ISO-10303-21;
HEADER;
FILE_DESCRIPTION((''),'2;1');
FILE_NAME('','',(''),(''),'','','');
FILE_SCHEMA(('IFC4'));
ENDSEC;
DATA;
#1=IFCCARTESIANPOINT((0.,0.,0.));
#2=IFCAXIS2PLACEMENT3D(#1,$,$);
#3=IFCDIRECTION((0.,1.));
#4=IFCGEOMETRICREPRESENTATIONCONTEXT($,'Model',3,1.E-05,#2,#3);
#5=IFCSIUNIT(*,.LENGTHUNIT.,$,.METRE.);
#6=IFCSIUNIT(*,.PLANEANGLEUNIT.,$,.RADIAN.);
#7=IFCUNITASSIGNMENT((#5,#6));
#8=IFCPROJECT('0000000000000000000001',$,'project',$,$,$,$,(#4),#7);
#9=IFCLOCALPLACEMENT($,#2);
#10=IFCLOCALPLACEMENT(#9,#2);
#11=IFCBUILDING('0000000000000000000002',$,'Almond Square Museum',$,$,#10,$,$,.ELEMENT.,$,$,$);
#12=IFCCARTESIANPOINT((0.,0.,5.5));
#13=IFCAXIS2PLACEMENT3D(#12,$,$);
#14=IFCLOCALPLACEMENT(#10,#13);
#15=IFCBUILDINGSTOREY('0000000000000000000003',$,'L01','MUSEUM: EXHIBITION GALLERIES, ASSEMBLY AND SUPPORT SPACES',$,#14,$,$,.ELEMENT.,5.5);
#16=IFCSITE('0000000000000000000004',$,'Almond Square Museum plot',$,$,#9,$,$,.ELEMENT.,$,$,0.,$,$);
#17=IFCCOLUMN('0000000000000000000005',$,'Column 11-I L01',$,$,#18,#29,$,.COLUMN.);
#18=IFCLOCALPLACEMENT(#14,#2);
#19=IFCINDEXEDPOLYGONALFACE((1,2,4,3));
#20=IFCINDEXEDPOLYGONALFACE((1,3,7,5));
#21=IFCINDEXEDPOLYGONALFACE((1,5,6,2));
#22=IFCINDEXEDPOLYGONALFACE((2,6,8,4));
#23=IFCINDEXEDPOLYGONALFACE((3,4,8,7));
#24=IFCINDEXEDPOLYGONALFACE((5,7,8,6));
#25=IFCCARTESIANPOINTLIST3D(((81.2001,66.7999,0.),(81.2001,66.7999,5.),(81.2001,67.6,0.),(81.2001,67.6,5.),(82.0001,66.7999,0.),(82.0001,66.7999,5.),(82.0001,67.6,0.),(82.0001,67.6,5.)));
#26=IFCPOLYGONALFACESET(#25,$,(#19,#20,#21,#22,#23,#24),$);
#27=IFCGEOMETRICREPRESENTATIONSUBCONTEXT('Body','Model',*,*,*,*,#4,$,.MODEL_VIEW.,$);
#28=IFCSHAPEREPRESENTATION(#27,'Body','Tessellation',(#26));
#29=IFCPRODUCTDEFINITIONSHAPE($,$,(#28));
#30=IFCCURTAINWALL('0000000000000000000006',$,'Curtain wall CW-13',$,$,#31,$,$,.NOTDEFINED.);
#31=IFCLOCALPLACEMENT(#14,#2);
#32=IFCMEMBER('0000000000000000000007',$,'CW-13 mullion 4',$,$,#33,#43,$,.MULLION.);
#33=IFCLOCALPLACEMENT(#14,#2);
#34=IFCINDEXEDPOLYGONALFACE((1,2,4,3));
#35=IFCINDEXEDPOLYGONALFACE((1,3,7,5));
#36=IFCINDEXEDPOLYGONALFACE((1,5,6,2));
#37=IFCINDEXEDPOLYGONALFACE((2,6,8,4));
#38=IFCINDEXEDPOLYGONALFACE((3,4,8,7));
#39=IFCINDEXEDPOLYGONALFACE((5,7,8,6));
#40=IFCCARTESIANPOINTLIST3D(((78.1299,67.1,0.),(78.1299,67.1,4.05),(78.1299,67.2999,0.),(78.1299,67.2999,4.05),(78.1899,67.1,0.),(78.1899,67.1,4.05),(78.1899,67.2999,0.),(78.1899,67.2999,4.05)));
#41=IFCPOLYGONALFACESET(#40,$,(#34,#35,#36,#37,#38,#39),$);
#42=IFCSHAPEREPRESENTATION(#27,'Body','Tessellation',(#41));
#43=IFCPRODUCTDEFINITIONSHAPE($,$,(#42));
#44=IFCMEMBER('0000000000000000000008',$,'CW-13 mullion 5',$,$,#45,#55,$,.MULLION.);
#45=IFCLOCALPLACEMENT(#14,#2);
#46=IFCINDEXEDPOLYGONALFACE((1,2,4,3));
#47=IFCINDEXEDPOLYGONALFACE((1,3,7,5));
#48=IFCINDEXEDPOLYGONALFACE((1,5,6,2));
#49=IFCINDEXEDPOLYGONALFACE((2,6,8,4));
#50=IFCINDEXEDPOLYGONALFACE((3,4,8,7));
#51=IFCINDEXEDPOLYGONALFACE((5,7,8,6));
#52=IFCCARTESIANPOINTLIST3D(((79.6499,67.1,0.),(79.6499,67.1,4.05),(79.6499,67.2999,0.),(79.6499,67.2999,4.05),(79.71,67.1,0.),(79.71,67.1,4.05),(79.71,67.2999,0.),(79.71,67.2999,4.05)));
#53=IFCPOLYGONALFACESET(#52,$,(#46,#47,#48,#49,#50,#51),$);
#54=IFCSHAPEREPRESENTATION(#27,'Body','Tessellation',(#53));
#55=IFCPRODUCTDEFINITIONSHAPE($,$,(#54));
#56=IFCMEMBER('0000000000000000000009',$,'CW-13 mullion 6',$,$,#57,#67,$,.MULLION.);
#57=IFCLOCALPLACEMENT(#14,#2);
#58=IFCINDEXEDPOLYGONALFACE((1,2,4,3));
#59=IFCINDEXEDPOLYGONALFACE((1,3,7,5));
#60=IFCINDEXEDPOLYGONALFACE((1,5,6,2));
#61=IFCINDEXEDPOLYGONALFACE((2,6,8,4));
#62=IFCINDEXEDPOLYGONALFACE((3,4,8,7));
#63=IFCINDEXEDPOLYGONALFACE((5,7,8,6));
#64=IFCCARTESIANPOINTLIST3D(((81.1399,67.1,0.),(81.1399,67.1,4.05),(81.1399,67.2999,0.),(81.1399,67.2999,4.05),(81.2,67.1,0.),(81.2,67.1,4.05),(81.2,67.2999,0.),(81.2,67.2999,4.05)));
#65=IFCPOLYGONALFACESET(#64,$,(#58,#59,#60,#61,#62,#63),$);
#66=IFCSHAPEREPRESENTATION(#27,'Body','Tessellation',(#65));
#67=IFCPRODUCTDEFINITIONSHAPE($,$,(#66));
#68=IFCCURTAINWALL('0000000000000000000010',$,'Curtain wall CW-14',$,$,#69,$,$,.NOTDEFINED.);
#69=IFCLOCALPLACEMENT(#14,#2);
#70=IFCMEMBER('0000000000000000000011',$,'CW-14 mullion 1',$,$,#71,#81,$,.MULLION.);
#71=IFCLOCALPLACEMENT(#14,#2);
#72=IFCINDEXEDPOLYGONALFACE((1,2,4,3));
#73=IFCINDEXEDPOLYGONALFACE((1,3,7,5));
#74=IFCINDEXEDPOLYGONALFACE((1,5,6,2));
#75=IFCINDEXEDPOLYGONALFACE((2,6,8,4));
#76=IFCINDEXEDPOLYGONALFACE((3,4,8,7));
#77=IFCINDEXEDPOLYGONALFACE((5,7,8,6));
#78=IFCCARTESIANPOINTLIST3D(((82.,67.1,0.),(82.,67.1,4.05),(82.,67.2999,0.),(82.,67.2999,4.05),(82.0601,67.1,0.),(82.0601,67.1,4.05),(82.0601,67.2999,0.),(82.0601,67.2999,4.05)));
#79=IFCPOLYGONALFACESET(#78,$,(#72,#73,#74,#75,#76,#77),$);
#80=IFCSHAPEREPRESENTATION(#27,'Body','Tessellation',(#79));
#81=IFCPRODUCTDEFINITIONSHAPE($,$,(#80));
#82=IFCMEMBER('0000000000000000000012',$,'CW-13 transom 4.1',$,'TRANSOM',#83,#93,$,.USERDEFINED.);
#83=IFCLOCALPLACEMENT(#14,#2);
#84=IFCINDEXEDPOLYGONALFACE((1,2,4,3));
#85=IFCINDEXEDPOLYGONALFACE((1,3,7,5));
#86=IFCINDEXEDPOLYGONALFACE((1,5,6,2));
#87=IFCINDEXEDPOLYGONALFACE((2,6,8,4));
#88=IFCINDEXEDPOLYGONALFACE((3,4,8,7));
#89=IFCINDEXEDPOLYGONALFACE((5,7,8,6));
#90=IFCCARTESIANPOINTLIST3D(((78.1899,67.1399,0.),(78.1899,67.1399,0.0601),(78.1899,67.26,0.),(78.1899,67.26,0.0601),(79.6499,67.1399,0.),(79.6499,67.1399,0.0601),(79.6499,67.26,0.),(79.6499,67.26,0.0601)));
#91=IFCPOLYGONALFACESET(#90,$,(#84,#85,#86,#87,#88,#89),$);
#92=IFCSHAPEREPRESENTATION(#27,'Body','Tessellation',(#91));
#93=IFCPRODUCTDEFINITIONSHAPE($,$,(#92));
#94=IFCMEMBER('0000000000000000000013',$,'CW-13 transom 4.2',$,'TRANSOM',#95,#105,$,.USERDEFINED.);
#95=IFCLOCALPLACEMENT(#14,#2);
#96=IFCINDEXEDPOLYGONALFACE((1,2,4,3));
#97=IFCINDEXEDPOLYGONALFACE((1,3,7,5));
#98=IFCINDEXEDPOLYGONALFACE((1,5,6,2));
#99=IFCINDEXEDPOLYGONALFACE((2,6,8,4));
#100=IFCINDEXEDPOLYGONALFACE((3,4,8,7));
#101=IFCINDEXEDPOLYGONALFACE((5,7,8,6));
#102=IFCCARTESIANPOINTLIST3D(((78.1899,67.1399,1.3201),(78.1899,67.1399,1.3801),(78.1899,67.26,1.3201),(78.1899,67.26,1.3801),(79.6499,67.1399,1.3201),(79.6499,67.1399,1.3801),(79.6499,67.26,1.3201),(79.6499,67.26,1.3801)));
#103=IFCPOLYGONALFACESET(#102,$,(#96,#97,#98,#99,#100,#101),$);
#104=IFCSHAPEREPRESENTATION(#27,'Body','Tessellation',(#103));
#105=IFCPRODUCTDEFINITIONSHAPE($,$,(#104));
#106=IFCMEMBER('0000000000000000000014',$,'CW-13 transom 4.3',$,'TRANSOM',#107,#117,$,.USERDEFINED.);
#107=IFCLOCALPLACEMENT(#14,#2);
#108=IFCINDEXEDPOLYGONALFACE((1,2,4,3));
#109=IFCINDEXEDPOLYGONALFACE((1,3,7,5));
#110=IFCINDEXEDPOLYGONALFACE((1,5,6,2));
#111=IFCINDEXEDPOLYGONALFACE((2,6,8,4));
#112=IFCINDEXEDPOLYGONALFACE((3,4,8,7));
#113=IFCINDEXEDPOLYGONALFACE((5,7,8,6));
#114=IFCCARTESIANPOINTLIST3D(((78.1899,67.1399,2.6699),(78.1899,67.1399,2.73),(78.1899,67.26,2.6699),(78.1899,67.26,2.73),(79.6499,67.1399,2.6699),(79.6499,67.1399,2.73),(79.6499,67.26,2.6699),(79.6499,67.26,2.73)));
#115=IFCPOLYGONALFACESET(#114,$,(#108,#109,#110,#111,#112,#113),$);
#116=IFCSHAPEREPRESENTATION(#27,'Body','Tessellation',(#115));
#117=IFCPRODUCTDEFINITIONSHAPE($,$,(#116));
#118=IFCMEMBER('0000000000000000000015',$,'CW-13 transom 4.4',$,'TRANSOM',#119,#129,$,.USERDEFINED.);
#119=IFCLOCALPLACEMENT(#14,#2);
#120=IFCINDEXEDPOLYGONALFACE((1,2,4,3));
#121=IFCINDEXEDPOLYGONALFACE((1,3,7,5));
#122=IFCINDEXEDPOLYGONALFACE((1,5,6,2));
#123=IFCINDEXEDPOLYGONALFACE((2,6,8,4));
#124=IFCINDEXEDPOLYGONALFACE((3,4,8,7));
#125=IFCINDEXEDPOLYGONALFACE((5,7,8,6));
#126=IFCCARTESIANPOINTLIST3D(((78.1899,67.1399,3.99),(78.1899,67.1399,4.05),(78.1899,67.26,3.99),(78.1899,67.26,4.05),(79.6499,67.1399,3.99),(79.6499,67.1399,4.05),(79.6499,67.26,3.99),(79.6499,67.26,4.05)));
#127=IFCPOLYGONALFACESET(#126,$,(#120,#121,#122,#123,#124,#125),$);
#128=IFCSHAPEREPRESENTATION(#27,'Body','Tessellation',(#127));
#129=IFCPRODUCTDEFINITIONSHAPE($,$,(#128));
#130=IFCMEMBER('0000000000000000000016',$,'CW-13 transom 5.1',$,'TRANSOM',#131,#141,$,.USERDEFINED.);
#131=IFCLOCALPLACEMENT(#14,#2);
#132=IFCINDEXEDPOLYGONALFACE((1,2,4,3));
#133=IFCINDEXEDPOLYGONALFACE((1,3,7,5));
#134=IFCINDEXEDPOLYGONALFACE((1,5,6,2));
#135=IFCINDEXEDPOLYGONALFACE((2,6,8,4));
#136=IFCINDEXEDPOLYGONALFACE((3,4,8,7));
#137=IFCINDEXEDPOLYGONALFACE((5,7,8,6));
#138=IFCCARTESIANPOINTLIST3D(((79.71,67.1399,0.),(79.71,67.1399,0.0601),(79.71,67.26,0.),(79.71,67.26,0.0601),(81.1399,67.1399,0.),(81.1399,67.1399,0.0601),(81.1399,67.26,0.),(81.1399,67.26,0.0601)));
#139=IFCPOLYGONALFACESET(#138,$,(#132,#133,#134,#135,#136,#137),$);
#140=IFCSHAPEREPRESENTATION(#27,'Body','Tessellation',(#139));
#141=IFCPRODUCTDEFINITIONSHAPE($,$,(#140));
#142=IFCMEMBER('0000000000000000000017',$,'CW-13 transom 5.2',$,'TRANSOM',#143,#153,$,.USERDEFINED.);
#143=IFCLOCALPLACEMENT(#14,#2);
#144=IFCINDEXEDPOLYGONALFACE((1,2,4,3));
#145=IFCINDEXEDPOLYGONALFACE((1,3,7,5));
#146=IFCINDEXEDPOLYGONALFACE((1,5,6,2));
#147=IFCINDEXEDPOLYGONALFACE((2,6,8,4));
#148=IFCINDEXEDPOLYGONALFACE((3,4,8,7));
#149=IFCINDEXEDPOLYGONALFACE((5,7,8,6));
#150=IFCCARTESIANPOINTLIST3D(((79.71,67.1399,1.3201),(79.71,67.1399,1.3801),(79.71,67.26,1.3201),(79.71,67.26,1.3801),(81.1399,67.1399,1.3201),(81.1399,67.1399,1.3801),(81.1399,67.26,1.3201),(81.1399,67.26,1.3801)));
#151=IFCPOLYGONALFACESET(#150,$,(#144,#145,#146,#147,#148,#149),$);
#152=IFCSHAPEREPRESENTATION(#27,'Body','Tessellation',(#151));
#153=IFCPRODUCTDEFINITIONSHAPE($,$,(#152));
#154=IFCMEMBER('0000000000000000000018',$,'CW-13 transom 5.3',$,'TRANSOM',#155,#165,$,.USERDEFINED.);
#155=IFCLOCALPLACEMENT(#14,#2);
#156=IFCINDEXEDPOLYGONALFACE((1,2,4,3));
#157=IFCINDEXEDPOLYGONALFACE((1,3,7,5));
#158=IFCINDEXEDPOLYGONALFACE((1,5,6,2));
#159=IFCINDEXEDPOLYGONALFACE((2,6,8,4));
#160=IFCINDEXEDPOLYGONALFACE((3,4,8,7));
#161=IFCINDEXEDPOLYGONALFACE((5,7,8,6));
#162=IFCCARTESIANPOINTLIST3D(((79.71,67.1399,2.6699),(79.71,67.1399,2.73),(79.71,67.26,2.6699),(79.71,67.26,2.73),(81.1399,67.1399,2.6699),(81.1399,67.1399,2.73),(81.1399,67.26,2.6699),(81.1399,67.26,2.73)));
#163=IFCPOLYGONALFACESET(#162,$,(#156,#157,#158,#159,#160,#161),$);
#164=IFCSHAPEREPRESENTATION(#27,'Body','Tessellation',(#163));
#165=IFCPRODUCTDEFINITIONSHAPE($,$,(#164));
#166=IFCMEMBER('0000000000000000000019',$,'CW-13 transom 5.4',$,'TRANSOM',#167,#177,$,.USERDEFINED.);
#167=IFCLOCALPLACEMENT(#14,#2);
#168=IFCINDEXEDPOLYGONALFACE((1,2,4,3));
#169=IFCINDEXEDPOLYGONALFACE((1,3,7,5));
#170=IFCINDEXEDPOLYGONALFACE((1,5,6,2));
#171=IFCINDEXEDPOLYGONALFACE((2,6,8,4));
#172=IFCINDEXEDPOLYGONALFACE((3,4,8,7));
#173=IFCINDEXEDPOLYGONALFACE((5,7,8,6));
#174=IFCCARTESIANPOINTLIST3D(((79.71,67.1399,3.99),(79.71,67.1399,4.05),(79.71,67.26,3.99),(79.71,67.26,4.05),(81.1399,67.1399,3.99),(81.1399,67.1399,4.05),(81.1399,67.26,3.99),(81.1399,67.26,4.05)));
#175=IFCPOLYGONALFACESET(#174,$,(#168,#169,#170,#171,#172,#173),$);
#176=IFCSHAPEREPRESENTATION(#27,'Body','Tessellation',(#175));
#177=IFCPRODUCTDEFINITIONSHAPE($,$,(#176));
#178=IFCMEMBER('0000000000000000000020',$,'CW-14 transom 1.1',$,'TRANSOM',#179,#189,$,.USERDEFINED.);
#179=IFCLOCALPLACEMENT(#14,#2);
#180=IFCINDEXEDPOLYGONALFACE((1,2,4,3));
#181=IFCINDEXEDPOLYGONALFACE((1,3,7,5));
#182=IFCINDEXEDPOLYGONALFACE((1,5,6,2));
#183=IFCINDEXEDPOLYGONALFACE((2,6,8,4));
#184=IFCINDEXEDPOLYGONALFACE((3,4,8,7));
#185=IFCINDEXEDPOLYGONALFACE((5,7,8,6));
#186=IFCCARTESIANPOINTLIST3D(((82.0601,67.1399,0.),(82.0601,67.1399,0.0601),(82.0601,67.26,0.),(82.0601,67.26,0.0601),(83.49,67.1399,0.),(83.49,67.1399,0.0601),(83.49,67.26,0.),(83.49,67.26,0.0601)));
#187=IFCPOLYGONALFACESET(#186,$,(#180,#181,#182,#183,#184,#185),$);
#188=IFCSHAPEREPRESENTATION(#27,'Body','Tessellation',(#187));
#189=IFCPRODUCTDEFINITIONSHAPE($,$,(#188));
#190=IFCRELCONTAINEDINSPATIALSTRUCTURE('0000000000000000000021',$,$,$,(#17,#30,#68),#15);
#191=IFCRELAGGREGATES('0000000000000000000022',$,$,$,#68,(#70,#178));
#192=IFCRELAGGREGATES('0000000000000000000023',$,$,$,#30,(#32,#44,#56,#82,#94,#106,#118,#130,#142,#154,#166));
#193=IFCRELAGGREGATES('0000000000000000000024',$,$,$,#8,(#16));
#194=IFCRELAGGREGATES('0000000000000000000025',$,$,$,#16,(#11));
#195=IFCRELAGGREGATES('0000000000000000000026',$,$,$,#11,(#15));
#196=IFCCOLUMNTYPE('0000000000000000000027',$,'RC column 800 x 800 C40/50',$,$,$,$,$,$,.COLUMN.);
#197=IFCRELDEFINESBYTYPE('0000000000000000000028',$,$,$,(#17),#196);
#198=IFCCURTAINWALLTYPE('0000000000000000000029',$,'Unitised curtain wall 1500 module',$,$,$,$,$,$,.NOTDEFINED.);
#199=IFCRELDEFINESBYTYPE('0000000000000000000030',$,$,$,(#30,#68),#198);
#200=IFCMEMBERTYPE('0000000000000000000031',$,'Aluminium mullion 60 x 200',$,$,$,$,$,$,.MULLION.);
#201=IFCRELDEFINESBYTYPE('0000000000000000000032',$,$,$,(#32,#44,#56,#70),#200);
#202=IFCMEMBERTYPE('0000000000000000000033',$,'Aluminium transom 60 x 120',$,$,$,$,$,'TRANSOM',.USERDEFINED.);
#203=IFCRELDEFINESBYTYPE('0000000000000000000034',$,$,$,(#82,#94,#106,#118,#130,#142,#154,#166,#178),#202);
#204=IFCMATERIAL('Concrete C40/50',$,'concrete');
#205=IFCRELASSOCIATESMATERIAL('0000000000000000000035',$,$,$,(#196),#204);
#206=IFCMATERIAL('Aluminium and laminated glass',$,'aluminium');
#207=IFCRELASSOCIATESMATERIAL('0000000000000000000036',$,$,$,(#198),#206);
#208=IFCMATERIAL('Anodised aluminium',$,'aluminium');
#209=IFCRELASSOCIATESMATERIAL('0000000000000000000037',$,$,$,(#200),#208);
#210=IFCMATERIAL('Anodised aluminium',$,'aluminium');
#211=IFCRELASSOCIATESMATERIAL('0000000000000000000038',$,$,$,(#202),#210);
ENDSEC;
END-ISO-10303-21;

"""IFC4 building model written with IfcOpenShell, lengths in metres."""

from ifc_helpers import new_model, si_unit, direction, frame, origin, origin_2d, place, context, subcontext, project, spatial, rectangle, extrude, material, material_profile, profile_set, type_object, element, aggregate, save


model = new_model("IFC4")

# Units and contexts
model_context = context("Model", 3, precision=1e-05, world=origin(), true_north=direction((0.0, 1.0)))
body_context = subcontext(model_context, "Body", "Model", "MODEL_VIEW")
ifc_project = project(units=[si_unit("LENGTHUNIT", "METRE"), si_unit("PLANEANGLEUNIT", "RADIAN")], contexts=[model_context])

# Site, building, storey
site_placement = place(None, origin())
site = spatial("IfcSite", under=ifc_project, at=site_placement, Name="Almond Square Museum plot", CompositionType="ELEMENT", RefElevation=0.0)
building_placement = place(site_placement, origin())
building = spatial("IfcBuilding", under=site, at=building_placement, Name="Almond Square Museum", CompositionType="ELEMENT")
storey_placement = place(building_placement, frame((0.0, 0.0, 5.5)))
storey = spatial("IfcBuildingStorey", under=building, at=storey_placement, Name="L01", Description="MUSEUM: EXHIBITION GALLERIES, ASSEMBLY AND SUPPORT SPACES", CompositionType="ELEMENT", Elevation=5.5)

# Column
ifc_material_1 = material(Name="Concrete C40/50", Category="concrete")
ifc_material_profile_1 = material_profile(ifc_material_1, rectangle(XDim=0.8, YDim=0.8, at=origin_2d()))
ifc_profile_set_1 = profile_set([ifc_material_profile_1], Name="Concrete C40/50")
column_type = type_object("IfcColumnType", Name="RC column 800 x 800 C40/50", PredefinedType="COLUMN", material=ifc_profile_set_1)
column_placement = place(storey_placement, frame((81.6001, 67.2, 0.0), z_axis=(0.0, 0.0, 1.0), x_axis=(1.0, 0.0, 0.0)))
element("IfcColumn", 1, at=column_placement, inside=storey, type_object=column_type, Name="Column 11-I L01", PredefinedType="COLUMN", context=body_context, shape_type="SweptSolid", body=[
    extrude(rectangle(XDim=0.8, YDim=0.8, at=origin_2d()), origin(), (0.0, 0.0, 1.0), 5.0),
])

# Curtain wall, members
ifc_material_2 = material(Name="Aluminium and laminated glass", Category="aluminium")
curtain_wall_type = type_object("IfcCurtainWallType", Name="Unitised curtain wall 1500 module", PredefinedType="NOTDEFINED", material=ifc_material_2)
curtain_wall_1_placement = place(storey_placement, origin())
curtain_wall_1 = element("IfcCurtainWall", 2, at=curtain_wall_1_placement, inside=storey, type_object=curtain_wall_type, Name="Curtain wall CW-13", PredefinedType="NOTDEFINED")
ifc_material_3 = material(Name="Anodised aluminium", Category="aluminium")
ifc_material_profile_2 = material_profile(ifc_material_3, rectangle(XDim=0.2, YDim=0.0601, at=origin_2d()))
ifc_profile_set_2 = profile_set([ifc_material_profile_2], Name="Anodised aluminium")
member_type_1 = type_object("IfcMemberType", Name="Aluminium mullion 60 x 200", PredefinedType="MULLION", material=ifc_profile_set_2)
member_1_placement = place(storey_placement, frame((78.1599, 67.2, 0.0), z_axis=(0.0, 0.0, 1.0), x_axis=(0.0, 1.0, 0.0)))
member_1 = element("IfcMember", 3, at=member_1_placement, type_object=member_type_1, Name="CW-13 mullion 4", PredefinedType="MULLION", context=body_context, shape_type="SweptSolid", body=[
    extrude(rectangle(XDim=0.2, YDim=0.0601, at=origin_2d()), origin(), (0.0, 0.0, 1.0), 4.05),
])
member_2_placement = place(storey_placement, frame((79.6799, 67.2, 0.0), z_axis=(0.0, 0.0, 1.0), x_axis=(0.0, 1.0, 0.0)))
member_2 = element("IfcMember", 4, at=member_2_placement, type_object=member_type_1, Name="CW-13 mullion 5", PredefinedType="MULLION", context=body_context, shape_type="SweptSolid", body=[
    extrude(rectangle(XDim=0.2, YDim=0.0601, at=origin_2d()), origin(), (0.0, 0.0, 1.0), 4.05),
])
member_3_placement = place(storey_placement, frame((81.1699, 67.2, 0.0), z_axis=(0.0, 0.0, 1.0), x_axis=(0.0, 1.0, 0.0)))
member_3 = element("IfcMember", 5, at=member_3_placement, type_object=member_type_1, Name="CW-13 mullion 6", PredefinedType="MULLION", context=body_context, shape_type="SweptSolid", body=[
    extrude(rectangle(XDim=0.2, YDim=0.0601, at=origin_2d()), origin(), (0.0, 0.0, 1.0), 4.05),
])

# Curtain wall, member
curtain_wall_2_placement = place(storey_placement, origin())
curtain_wall_2 = element("IfcCurtainWall", 6, at=curtain_wall_2_placement, inside=storey, type_object=curtain_wall_type, Name="Curtain wall CW-14", PredefinedType="NOTDEFINED")
member_4_placement = place(storey_placement, frame((82.03, 67.2, 0.0), z_axis=(0.0, 0.0, 1.0), x_axis=(0.0, 1.0, 0.0)))
member_4 = element("IfcMember", 7, at=member_4_placement, type_object=member_type_1, Name="CW-14 mullion 1", PredefinedType="MULLION", context=body_context, shape_type="SweptSolid", body=[
    extrude(rectangle(XDim=0.2, YDim=0.0601, at=origin_2d()), origin(), (0.0, 0.0, 1.0), 4.05),
])

# Members
ifc_material_4 = material(Name="Anodised aluminium", Category="aluminium")
ifc_material_profile_3 = material_profile(ifc_material_4, rectangle(XDim=0.1201, YDim=0.0601, at=origin_2d()))
ifc_profile_set_3 = profile_set([ifc_material_profile_3], Name="Anodised aluminium")
member_type_2 = type_object("IfcMemberType", Name="Aluminium transom 60 x 120", ElementType="TRANSOM", PredefinedType="USERDEFINED", material=ifc_profile_set_3)
member_5_placement = place(storey_placement, frame((78.1899, 67.2, 0.03), z_axis=(1.0, 0.0, 0.0), x_axis=(0.0, 1.0, 0.0)))
member_5 = element("IfcMember", 8, at=member_5_placement, type_object=member_type_2, Name="CW-13 transom 4.1", ObjectType="TRANSOM", PredefinedType="USERDEFINED", context=body_context, shape_type="SweptSolid", body=[
    extrude(rectangle(XDim=0.1201, YDim=0.0601, at=origin_2d()), origin(), (0.0, 0.0, 1.0), 1.46),
])
member_6_placement = place(storey_placement, frame((78.1899, 67.2, 1.3501), z_axis=(1.0, 0.0, 0.0), x_axis=(0.0, 1.0, 0.0)))
member_6 = element("IfcMember", 9, at=member_6_placement, type_object=member_type_2, Name="CW-13 transom 4.2", ObjectType="TRANSOM", PredefinedType="USERDEFINED", context=body_context, shape_type="SweptSolid", body=[
    extrude(rectangle(XDim=0.1201, YDim=0.0601, at=origin_2d()), origin(), (0.0, 0.0, 1.0), 1.46),
])
member_7_placement = place(storey_placement, frame((78.1899, 67.2, 2.7), z_axis=(1.0, 0.0, 0.0), x_axis=(0.0, 1.0, 0.0)))
member_7 = element("IfcMember", 10, at=member_7_placement, type_object=member_type_2, Name="CW-13 transom 4.3", ObjectType="TRANSOM", PredefinedType="USERDEFINED", context=body_context, shape_type="SweptSolid", body=[
    extrude(rectangle(XDim=0.1201, YDim=0.0601, at=origin_2d()), origin(), (0.0, 0.0, 1.0), 1.46),
])
member_8_placement = place(storey_placement, frame((78.1899, 67.2, 4.02), z_axis=(1.0, 0.0, 0.0), x_axis=(0.0, 1.0, 0.0)))
member_8 = element("IfcMember", 11, at=member_8_placement, type_object=member_type_2, Name="CW-13 transom 4.4", ObjectType="TRANSOM", PredefinedType="USERDEFINED", context=body_context, shape_type="SweptSolid", body=[
    extrude(rectangle(XDim=0.1201, YDim=0.0601, at=origin_2d()), origin(), (0.0, 0.0, 1.0), 1.46),
])
member_9_placement = place(storey_placement, frame((79.71, 67.2, 0.03), z_axis=(1.0, 0.0, 0.0), x_axis=(0.0, 1.0, 0.0)))
member_9 = element("IfcMember", 12, at=member_9_placement, type_object=member_type_2, Name="CW-13 transom 5.1", ObjectType="TRANSOM", PredefinedType="USERDEFINED", context=body_context, shape_type="SweptSolid", body=[
    extrude(rectangle(XDim=0.1201, YDim=0.0601, at=origin_2d()), origin(), (0.0, 0.0, 1.0), 1.4299),
])
member_10_placement = place(storey_placement, frame((79.71, 67.2, 1.3501), z_axis=(1.0, 0.0, 0.0), x_axis=(0.0, 1.0, 0.0)))
member_10 = element("IfcMember", 13, at=member_10_placement, type_object=member_type_2, Name="CW-13 transom 5.2", ObjectType="TRANSOM", PredefinedType="USERDEFINED", context=body_context, shape_type="SweptSolid", body=[
    extrude(rectangle(XDim=0.1201, YDim=0.0601, at=origin_2d()), origin(), (0.0, 0.0, 1.0), 1.4299),
])
member_11_placement = place(storey_placement, frame((79.71, 67.2, 2.7), z_axis=(1.0, 0.0, 0.0), x_axis=(0.0, 1.0, 0.0)))
member_11 = element("IfcMember", 14, at=member_11_placement, type_object=member_type_2, Name="CW-13 transom 5.3", ObjectType="TRANSOM", PredefinedType="USERDEFINED", context=body_context, shape_type="SweptSolid", body=[
    extrude(rectangle(XDim=0.1201, YDim=0.0601, at=origin_2d()), origin(), (0.0, 0.0, 1.0), 1.4299),
])
member_12_placement = place(storey_placement, frame((79.71, 67.2, 4.02), z_axis=(1.0, 0.0, 0.0), x_axis=(0.0, 1.0, 0.0)))
member_12 = element("IfcMember", 15, at=member_12_placement, type_object=member_type_2, Name="CW-13 transom 5.4", ObjectType="TRANSOM", PredefinedType="USERDEFINED", context=body_context, shape_type="SweptSolid", body=[
    extrude(rectangle(XDim=0.1201, YDim=0.0601, at=origin_2d()), origin(), (0.0, 0.0, 1.0), 1.4299),
])
member_13_placement = place(storey_placement, frame((82.0601, 67.2, 0.03), z_axis=(1.0, 0.0, 0.0), x_axis=(0.0, 1.0, 0.0)))
member_13 = element("IfcMember", 16, at=member_13_placement, type_object=member_type_2, Name="CW-14 transom 1.1", ObjectType="TRANSOM", PredefinedType="USERDEFINED", context=body_context, shape_type="SweptSolid", body=[
    extrude(rectangle(XDim=0.1201, YDim=0.0601, at=origin_2d()), origin(), (0.0, 0.0, 1.0), 1.4299),
])
aggregate(curtain_wall_2, [member_4, member_13])

aggregate(curtain_wall_1, [member_1, member_2, member_3, member_5, member_6, member_7, member_8, member_9, member_10, member_11, member_12])

save(model, "model.ifc")
